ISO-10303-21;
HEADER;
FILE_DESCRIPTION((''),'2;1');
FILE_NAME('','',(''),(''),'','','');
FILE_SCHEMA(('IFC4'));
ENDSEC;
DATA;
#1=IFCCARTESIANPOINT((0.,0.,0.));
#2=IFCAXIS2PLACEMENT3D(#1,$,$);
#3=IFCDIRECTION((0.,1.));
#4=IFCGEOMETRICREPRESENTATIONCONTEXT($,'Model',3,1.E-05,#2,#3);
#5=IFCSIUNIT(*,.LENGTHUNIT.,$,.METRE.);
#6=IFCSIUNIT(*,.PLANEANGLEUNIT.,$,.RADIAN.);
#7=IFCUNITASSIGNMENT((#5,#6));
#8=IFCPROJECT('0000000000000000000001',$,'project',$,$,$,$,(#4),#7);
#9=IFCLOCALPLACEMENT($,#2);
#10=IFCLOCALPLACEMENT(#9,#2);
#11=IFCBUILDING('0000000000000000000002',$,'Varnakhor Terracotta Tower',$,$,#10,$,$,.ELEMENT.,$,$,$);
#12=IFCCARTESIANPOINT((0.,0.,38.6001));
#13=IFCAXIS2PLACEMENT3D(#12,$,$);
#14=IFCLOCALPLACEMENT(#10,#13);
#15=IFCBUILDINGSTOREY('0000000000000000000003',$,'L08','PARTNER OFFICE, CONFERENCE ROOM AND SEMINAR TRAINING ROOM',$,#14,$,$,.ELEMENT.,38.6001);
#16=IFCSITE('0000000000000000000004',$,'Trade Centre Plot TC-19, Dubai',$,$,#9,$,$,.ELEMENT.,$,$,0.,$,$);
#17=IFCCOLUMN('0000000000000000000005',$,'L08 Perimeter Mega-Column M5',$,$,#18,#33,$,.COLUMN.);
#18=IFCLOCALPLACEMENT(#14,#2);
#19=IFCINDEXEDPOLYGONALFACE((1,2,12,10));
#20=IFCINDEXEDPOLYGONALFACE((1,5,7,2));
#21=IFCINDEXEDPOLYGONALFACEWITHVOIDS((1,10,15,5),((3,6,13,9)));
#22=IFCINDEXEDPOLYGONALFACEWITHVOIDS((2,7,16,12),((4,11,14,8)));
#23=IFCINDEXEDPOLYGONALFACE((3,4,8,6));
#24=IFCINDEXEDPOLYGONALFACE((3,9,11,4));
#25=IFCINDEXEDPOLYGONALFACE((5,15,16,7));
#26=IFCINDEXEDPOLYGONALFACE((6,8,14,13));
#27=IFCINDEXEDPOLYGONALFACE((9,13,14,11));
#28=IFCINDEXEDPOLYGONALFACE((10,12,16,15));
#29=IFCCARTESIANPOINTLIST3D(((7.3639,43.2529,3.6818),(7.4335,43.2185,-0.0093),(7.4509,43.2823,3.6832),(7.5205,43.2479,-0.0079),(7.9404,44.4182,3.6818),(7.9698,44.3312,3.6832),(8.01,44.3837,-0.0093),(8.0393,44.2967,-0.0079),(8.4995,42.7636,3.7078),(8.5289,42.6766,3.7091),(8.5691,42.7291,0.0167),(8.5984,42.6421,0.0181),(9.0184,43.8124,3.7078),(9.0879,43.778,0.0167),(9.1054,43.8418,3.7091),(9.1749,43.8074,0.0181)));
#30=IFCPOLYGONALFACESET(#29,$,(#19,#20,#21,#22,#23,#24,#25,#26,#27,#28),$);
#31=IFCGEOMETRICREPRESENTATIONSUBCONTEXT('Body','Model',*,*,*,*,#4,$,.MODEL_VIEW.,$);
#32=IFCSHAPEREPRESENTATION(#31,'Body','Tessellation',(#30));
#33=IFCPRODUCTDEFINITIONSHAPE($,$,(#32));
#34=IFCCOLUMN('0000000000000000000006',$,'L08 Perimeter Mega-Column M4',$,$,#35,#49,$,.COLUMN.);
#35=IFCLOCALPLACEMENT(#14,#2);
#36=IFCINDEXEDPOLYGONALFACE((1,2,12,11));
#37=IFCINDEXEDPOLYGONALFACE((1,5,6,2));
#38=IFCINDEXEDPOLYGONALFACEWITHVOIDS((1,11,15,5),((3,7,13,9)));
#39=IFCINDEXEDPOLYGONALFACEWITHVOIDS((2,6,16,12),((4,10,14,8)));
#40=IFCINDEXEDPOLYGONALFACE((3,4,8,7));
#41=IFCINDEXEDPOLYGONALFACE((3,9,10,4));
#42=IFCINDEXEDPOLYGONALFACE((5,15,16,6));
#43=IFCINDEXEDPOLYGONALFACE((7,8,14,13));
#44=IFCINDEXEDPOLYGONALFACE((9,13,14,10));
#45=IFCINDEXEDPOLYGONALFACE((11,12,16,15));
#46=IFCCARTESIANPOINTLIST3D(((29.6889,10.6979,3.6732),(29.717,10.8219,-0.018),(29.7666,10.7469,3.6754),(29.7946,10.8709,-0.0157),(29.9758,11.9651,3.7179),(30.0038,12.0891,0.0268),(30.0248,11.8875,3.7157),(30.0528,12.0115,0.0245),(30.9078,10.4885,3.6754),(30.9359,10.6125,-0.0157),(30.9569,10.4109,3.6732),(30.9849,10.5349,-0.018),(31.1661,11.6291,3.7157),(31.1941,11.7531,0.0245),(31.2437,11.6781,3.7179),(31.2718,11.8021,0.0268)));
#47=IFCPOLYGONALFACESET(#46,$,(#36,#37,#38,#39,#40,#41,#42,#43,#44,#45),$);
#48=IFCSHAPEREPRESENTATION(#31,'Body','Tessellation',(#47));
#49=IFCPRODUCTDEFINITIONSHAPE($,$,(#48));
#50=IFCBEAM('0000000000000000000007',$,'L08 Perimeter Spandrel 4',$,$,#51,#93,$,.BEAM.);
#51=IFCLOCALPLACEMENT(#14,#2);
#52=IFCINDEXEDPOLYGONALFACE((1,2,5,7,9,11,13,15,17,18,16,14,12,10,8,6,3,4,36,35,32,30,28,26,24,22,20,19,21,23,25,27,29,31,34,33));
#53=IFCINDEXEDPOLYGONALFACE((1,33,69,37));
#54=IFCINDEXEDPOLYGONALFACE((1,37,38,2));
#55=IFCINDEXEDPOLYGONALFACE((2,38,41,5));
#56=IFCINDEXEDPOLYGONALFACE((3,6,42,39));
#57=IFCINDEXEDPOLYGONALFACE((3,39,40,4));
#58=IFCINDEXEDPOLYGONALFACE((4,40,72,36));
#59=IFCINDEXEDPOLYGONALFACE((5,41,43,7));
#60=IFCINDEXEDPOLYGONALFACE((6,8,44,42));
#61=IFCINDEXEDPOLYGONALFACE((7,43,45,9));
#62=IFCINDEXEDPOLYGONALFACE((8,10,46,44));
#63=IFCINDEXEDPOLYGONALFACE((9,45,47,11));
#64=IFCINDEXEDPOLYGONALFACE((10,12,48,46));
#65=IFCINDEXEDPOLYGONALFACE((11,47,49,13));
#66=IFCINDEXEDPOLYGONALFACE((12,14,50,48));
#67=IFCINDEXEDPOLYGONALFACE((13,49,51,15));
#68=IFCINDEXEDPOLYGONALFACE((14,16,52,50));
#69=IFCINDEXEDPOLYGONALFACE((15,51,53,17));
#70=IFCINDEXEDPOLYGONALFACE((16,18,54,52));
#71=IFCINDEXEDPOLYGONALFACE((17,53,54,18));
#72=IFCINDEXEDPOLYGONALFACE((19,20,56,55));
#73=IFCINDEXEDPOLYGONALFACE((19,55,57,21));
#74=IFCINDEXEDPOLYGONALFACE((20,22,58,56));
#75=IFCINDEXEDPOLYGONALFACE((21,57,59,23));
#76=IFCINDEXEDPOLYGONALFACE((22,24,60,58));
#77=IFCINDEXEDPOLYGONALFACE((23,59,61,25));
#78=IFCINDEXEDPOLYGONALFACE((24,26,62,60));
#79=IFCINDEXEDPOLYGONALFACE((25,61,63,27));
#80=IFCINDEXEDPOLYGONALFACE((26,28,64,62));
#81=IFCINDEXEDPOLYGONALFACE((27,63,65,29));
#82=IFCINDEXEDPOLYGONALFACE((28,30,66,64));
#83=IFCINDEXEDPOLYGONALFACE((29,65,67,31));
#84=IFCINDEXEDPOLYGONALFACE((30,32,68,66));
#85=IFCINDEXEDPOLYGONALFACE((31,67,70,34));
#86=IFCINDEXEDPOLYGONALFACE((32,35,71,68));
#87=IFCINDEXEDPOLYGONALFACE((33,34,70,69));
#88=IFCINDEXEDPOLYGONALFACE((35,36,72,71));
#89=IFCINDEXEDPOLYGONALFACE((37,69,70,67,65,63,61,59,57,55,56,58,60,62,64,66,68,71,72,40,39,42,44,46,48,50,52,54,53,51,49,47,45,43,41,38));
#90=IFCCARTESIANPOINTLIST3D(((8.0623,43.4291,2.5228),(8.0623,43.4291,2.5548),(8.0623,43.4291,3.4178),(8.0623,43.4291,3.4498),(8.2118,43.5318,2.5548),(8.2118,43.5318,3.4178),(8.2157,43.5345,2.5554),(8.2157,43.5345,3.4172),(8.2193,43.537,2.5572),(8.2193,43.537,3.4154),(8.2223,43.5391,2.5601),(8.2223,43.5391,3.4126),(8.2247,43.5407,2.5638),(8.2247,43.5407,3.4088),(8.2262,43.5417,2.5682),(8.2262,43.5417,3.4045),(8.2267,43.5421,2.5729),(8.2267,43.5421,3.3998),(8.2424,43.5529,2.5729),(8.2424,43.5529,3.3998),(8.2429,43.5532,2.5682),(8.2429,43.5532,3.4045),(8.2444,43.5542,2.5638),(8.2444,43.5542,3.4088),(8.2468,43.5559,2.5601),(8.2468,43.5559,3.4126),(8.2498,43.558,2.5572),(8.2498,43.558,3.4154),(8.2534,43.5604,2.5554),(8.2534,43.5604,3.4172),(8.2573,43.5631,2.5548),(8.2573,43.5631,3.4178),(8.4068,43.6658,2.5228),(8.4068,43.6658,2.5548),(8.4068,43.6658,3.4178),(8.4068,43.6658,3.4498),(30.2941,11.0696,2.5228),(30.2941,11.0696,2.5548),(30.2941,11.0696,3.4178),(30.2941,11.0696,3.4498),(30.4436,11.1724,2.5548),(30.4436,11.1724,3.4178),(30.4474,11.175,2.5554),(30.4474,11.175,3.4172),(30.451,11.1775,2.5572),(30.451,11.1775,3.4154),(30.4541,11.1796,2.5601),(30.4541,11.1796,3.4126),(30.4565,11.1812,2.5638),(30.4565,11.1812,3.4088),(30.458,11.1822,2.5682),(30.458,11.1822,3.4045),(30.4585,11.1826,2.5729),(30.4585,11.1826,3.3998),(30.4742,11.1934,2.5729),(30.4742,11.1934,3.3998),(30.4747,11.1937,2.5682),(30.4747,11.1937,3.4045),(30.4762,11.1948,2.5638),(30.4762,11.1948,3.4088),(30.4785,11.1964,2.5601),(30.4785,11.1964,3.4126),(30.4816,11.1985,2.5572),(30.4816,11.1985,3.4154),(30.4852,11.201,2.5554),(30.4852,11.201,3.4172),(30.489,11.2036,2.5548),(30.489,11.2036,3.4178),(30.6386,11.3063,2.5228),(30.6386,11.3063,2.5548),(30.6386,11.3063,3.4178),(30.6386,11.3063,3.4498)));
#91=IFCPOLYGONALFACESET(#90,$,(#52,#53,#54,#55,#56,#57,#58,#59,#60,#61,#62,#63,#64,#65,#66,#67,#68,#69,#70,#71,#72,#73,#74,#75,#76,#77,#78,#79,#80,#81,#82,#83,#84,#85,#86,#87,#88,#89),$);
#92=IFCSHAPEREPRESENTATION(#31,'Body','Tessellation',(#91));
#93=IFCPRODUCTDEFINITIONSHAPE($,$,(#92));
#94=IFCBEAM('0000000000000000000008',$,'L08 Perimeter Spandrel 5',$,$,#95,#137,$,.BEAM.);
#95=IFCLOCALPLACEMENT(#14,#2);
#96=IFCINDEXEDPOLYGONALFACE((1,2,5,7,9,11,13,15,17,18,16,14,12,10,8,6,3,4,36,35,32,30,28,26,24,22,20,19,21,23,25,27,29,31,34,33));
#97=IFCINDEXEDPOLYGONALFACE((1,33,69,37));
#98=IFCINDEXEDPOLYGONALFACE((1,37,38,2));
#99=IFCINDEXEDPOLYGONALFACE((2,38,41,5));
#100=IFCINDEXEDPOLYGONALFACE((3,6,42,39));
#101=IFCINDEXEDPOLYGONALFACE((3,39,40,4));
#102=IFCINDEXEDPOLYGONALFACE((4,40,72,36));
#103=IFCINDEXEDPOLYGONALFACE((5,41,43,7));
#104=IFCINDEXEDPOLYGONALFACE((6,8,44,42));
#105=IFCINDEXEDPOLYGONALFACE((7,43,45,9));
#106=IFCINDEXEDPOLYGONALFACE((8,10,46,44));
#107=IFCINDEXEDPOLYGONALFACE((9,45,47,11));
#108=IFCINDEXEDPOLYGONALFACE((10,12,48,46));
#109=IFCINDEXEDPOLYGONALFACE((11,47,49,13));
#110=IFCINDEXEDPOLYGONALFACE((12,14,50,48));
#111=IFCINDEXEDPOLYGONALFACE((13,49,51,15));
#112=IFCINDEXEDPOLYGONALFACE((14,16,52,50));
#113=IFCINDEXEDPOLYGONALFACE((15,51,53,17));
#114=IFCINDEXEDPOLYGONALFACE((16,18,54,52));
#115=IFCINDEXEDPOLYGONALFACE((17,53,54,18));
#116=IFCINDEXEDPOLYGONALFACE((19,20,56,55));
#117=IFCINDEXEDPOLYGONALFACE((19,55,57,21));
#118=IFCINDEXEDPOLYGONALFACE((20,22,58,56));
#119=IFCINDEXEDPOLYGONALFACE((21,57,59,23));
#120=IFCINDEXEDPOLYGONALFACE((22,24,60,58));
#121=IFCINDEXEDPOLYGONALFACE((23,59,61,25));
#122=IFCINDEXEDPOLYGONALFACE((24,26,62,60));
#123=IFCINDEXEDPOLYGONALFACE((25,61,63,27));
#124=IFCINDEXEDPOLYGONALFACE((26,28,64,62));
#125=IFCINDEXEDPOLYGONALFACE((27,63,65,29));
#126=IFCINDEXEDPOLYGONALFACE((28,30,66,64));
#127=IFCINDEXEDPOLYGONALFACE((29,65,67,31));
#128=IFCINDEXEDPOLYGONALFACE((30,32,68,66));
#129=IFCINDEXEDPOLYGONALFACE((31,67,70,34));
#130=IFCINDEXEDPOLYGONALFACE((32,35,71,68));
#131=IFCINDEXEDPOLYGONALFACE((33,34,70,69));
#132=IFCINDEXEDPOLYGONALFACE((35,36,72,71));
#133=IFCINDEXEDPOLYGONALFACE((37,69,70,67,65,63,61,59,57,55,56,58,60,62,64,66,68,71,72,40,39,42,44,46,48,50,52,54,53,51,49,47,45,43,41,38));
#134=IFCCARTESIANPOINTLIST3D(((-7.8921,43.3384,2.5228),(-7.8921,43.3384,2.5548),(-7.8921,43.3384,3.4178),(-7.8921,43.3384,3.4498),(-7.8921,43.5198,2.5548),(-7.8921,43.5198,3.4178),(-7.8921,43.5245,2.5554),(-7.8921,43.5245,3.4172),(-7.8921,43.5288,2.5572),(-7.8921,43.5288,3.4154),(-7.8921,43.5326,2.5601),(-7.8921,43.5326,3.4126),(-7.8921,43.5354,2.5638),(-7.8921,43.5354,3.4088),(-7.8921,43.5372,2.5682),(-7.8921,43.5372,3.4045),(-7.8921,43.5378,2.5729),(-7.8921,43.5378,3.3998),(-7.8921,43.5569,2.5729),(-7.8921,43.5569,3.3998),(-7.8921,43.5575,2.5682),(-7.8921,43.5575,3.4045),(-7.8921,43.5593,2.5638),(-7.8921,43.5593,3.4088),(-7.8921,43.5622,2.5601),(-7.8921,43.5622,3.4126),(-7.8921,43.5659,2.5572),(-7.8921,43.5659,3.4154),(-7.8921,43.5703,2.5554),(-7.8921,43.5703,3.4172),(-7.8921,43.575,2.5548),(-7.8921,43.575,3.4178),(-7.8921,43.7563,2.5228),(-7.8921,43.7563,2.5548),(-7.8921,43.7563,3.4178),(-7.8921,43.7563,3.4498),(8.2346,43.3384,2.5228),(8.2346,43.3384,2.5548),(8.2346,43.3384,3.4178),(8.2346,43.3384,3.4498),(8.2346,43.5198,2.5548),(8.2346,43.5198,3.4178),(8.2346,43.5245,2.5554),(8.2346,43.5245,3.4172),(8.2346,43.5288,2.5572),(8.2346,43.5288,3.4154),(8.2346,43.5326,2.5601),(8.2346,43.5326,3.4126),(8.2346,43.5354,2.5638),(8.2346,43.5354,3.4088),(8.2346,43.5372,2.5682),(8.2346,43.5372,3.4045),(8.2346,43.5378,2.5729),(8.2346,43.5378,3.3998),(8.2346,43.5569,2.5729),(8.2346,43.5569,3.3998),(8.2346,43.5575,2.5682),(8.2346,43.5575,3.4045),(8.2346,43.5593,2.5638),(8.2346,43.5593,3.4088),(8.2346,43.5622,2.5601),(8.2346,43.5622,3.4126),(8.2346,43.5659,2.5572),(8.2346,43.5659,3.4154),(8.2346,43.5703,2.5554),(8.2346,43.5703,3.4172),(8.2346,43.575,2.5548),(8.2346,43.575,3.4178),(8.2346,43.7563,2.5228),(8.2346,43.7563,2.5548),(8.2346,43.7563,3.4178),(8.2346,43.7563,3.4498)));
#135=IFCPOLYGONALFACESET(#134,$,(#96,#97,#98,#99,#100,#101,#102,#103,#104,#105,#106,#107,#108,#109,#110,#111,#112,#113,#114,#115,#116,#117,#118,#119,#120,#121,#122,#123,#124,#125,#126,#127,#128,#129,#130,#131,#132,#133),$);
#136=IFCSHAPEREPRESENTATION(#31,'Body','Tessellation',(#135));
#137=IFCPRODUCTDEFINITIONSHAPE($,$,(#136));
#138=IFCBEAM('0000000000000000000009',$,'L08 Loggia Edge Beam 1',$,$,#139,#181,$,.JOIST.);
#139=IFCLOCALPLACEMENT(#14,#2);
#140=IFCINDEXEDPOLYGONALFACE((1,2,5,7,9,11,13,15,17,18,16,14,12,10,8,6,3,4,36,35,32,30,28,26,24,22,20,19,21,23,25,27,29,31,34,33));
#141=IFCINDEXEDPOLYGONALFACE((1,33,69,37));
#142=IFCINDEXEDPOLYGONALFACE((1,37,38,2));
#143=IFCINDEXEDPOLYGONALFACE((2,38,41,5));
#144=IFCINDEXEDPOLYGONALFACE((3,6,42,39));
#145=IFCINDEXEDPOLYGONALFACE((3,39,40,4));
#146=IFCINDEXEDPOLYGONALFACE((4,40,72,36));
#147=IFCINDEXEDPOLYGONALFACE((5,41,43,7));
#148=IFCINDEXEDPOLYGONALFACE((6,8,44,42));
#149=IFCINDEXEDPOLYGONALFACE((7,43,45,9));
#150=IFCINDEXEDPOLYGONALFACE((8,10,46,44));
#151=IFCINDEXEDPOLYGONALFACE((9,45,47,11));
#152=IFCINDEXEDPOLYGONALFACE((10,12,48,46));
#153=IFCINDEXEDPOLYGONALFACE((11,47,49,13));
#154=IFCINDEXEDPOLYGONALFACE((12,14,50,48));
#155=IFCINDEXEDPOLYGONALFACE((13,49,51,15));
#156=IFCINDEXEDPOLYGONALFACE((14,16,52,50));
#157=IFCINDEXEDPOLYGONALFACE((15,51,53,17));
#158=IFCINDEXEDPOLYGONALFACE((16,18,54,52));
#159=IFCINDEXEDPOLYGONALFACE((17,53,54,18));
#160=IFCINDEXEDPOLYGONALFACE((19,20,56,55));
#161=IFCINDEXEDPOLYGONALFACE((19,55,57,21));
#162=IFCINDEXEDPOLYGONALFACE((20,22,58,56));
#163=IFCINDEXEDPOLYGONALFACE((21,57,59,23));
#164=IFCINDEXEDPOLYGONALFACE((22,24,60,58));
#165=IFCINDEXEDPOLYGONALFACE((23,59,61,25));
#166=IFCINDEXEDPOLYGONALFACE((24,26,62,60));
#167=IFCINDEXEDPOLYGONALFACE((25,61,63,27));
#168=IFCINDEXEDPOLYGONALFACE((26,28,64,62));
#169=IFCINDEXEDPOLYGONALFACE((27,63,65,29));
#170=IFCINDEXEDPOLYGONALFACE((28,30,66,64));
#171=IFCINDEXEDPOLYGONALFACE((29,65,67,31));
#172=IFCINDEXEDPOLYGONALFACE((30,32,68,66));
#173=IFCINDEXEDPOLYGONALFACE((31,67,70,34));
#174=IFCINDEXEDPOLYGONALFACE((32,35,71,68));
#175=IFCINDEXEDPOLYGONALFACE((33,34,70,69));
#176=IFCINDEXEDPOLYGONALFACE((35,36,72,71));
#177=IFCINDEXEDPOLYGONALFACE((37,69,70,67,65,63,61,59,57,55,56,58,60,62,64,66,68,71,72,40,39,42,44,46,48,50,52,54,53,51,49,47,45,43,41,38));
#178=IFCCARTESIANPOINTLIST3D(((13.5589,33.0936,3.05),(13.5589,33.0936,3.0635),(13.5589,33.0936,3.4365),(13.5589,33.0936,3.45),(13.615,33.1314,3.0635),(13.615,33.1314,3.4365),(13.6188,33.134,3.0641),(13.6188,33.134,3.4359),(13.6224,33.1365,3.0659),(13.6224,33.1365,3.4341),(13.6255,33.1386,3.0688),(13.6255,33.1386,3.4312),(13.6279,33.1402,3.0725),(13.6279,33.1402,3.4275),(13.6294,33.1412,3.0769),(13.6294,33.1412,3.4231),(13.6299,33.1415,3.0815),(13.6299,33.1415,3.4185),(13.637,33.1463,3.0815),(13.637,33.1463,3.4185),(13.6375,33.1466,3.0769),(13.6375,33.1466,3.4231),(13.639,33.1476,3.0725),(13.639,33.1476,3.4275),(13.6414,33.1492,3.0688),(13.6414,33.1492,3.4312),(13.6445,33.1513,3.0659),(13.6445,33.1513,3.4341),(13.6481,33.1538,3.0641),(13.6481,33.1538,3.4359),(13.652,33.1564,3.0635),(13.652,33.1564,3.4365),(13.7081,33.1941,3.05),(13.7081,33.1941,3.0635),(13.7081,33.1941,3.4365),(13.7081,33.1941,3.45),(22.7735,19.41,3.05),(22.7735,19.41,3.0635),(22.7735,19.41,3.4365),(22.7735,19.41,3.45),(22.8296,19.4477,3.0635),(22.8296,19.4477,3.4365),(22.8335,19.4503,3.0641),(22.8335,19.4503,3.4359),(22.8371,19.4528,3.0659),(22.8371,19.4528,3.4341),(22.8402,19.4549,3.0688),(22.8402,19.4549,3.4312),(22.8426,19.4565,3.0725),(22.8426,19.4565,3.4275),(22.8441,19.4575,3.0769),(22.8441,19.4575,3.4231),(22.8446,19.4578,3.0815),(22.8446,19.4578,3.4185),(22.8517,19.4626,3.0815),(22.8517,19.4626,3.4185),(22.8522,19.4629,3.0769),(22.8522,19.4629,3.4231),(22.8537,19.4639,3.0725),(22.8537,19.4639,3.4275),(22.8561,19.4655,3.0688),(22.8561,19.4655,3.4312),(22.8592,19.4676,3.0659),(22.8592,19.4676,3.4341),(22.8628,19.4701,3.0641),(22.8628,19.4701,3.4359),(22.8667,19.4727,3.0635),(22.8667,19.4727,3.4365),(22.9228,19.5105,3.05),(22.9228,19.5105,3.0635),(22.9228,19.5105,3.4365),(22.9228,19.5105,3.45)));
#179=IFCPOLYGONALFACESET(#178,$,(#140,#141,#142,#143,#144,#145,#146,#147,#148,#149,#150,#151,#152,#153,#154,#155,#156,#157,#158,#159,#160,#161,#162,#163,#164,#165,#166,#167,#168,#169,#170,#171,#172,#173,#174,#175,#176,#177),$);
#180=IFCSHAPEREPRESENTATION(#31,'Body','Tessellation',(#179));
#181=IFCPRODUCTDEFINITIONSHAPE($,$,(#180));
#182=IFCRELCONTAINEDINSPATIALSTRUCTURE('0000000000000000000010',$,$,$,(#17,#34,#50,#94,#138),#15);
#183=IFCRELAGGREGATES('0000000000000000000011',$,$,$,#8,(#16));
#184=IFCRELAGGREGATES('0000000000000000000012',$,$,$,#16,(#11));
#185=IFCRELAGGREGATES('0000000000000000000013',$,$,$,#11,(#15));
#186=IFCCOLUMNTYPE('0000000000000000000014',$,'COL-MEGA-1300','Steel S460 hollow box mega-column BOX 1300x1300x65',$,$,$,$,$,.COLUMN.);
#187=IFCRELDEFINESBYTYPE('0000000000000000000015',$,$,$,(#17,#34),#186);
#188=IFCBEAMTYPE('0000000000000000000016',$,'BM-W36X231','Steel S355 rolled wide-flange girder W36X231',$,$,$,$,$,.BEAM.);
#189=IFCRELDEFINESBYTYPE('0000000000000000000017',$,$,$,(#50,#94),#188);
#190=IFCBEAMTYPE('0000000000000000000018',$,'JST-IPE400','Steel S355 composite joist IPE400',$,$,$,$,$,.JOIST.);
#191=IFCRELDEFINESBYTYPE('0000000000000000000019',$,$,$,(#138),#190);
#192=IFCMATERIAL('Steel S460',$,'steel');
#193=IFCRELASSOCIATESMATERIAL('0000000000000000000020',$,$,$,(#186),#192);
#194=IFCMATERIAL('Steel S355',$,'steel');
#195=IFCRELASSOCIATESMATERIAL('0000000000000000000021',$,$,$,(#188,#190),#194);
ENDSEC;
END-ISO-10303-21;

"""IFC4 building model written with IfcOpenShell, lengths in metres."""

from ifc_helpers import new_model, si_unit, direction, frame, origin, origin_2d, place, context, subcontext, project, spatial, hollow_rectangle, i_section, extrude, source, transform, mapped, material, material_profile, profile_set, type_object, type_shapes, element, save


model = new_model("IFC4")

# Units and contexts
model_context = context("Model", 3, precision=1e-05, world=origin(), true_north=direction((0.0, 1.0)))
body_context = subcontext(model_context, "Body", "Model", "MODEL_VIEW")
ifc_project = project(units=[si_unit("LENGTHUNIT", "METRE"), si_unit("PLANEANGLEUNIT", "RADIAN")], contexts=[model_context])

# Site, building, storey
site_placement = place(None, origin())
site = spatial("IfcSite", under=ifc_project, at=site_placement, Name="Trade Centre Plot TC-19, Dubai", CompositionType="ELEMENT", RefElevation=0.0)
building_placement = place(site_placement, origin())
building = spatial("IfcBuilding", under=site, at=building_placement, Name="Varnakhor Terracotta Tower", CompositionType="ELEMENT")
storey_placement = place(building_placement, frame((0.0, 0.0, 38.6001)))
storey = spatial("IfcBuildingStorey", under=building, at=storey_placement, Name="L08", Description="PARTNER OFFICE, CONFERENCE ROOM AND SEMINAR TRAINING ROOM", CompositionType="ELEMENT", Elevation=38.6001)

# Columns
ifc_material_1 = material(Name="Steel S460", Category="steel")
ifc_material_profile_1 = material_profile(ifc_material_1, hollow_rectangle(XDim=1.3, YDim=1.3, WallThickness=0.0649, at=origin_2d()), Name="BOX 1300x1300x65")
ifc_profile_set_1 = profile_set([ifc_material_profile_1], Name="Steel S460")
column_type = type_object("IfcColumnType", Name="COL-MEGA-1300", Description="Steel S460 hollow box mega-column BOX 1300x1300x65", PredefinedType="COLUMN", material=ifc_profile_set_1)
shared_shape_1 = source(origin(), body_context, "Body", "SweptSolid", [
    extrude(hollow_rectangle(XDim=1.3, YDim=1.3, WallThickness=0.0649, at=origin_2d()), origin(), (0.0, 0.0, 1.0), 3.6919),
])
type_shapes(column_type, [shared_shape_1])
column_1_placement = place(storey_placement, frame((8.3042, 43.5129, 0.0044), z_axis=(-0.018846, 0.009324, 0.999779), x_axis=(-0.443436, -0.896306, 0.0)))
element("IfcColumn", 1, at=column_1_placement, inside=storey, type_object=column_type, Name="L08 Perimeter Mega-Column M5", PredefinedType="COLUMN", context=body_context, shape_type="MappedRepresentation", body=[
    mapped(shared_shape_1, transform((0.0, 0.0, 0.0), scale=1.0)),
])
shared_shape_2 = source(origin(), body_context, "Body", "SweptSolid", [
    extrude(hollow_rectangle(XDim=1.3, YDim=1.3, WallThickness=0.0649, at=origin_2d()), origin(), (0.0, 0.0, 1.0), 3.6934),
])
column_2_placement = place(storey_placement, frame((30.4944, 11.312, 0.0044), z_axis=(-0.007602, -0.03358, 0.999407), x_axis=(0.975321, -0.220791, 0.0)))
element("IfcColumn", 2, at=column_2_placement, inside=storey, type_object=column_type, Name="L08 Perimeter Mega-Column M4", PredefinedType="COLUMN", context=body_context, shape_type="MappedRepresentation", body=[
    mapped(shared_shape_2, transform((0.0, 0.0, 0.0), scale=1.0)),
])

# Beams
ifc_material_2 = material(Name="Steel S355", Category="steel")
ifc_material_profile_2 = material_profile(ifc_material_2, i_section(OverallWidth=0.418, OverallDepth=0.927, WebThickness=0.019, FlangeThickness=0.032, FilletRadius=0.0181, at=origin_2d()), Name="W36X231")
ifc_profile_set_2 = profile_set([ifc_material_profile_2], Name="Steel S355")
beam_type_1 = type_object("IfcBeamType", Name="BM-W36X231", Description="Steel S355 rolled wide-flange girder W36X231", PredefinedType="BEAM", material=ifc_profile_set_2)
shared_shape_3 = source(origin(), body_context, "Body", "SweptSolid", [
    extrude(i_section(OverallWidth=0.418, OverallDepth=0.927, WebThickness=0.019, FlangeThickness=0.032, FilletRadius=0.0181, at=origin_2d()), origin(), (0.0, 0.0, 1.0), 39.2605),
])
beam_1_placement = place(storey_placement, frame((30.4663, 11.188, 2.9863), z_axis=(-0.566263, 0.824225, 0.0), x_axis=(-0.824225, -0.566263, 0.0)))
element("IfcBeam", 3, at=beam_1_placement, inside=storey, type_object=beam_type_1, Name="L08 Perimeter Spandrel 4", PredefinedType="BEAM", context=body_context, shape_type="MappedRepresentation", body=[
    mapped(shared_shape_3, transform((0.0, 0.0, 0.0), scale=1.0)),
])
shared_shape_4 = source(origin(), body_context, "Body", "SweptSolid", [
    extrude(i_section(OverallWidth=0.418, OverallDepth=0.927, WebThickness=0.019, FlangeThickness=0.032, FilletRadius=0.0181, at=origin_2d()), origin(), (0.0, 0.0, 1.0), 16.1267),
])
beam_2_placement = place(storey_placement, frame((8.2346, 43.5474, 2.9863), z_axis=(-1.0, 0.0, 0.0), x_axis=(0.0, -1.0, 0.0)))
element("IfcBeam", 4, at=beam_2_placement, inside=storey, type_object=beam_type_1, Name="L08 Perimeter Spandrel 5", PredefinedType="BEAM", context=body_context, shape_type="MappedRepresentation", body=[
    mapped(shared_shape_4, transform((0.0, 0.0, 0.0), scale=1.0)),
])
ifc_material_profile_3 = material_profile(ifc_material_2, i_section(OverallWidth=0.1799, OverallDepth=0.3999, WebThickness=0.0085, FlangeThickness=0.0134, FilletRadius=0.0181, at=origin_2d()), Name="IPE400")
ifc_profile_set_3 = profile_set([ifc_material_profile_3], Name="Steel S355")
beam_type_2 = type_object("IfcBeamType", Name="JST-IPE400", Description="Steel S355 composite joist IPE400", PredefinedType="JOIST", material=ifc_profile_set_3)
shared_shape_5 = source(origin(), body_context, "Body", "SweptSolid", [
    extrude(i_section(OverallWidth=0.1799, OverallDepth=0.3999, WebThickness=0.0085, FlangeThickness=0.0134, FilletRadius=0.0181, at=origin_2d()), origin(), (0.0, 0.0, 1.0), 16.4971),
])
beam_3_placement = place(storey_placement, frame((22.8481, 19.4602, 3.25), z_axis=(-0.558564, 0.829462, 0.0), x_axis=(-0.829462, -0.558564, 0.0)))
element("IfcBeam", 5, at=beam_3_placement, inside=storey, type_object=beam_type_2, Name="L08 Loggia Edge Beam 1", PredefinedType="JOIST", context=body_context, shape_type="MappedRepresentation", body=[
    mapped(shared_shape_5, transform((0.0, 0.0, 0.0), scale=1.0)),
])

save(model, "model.ifc")
